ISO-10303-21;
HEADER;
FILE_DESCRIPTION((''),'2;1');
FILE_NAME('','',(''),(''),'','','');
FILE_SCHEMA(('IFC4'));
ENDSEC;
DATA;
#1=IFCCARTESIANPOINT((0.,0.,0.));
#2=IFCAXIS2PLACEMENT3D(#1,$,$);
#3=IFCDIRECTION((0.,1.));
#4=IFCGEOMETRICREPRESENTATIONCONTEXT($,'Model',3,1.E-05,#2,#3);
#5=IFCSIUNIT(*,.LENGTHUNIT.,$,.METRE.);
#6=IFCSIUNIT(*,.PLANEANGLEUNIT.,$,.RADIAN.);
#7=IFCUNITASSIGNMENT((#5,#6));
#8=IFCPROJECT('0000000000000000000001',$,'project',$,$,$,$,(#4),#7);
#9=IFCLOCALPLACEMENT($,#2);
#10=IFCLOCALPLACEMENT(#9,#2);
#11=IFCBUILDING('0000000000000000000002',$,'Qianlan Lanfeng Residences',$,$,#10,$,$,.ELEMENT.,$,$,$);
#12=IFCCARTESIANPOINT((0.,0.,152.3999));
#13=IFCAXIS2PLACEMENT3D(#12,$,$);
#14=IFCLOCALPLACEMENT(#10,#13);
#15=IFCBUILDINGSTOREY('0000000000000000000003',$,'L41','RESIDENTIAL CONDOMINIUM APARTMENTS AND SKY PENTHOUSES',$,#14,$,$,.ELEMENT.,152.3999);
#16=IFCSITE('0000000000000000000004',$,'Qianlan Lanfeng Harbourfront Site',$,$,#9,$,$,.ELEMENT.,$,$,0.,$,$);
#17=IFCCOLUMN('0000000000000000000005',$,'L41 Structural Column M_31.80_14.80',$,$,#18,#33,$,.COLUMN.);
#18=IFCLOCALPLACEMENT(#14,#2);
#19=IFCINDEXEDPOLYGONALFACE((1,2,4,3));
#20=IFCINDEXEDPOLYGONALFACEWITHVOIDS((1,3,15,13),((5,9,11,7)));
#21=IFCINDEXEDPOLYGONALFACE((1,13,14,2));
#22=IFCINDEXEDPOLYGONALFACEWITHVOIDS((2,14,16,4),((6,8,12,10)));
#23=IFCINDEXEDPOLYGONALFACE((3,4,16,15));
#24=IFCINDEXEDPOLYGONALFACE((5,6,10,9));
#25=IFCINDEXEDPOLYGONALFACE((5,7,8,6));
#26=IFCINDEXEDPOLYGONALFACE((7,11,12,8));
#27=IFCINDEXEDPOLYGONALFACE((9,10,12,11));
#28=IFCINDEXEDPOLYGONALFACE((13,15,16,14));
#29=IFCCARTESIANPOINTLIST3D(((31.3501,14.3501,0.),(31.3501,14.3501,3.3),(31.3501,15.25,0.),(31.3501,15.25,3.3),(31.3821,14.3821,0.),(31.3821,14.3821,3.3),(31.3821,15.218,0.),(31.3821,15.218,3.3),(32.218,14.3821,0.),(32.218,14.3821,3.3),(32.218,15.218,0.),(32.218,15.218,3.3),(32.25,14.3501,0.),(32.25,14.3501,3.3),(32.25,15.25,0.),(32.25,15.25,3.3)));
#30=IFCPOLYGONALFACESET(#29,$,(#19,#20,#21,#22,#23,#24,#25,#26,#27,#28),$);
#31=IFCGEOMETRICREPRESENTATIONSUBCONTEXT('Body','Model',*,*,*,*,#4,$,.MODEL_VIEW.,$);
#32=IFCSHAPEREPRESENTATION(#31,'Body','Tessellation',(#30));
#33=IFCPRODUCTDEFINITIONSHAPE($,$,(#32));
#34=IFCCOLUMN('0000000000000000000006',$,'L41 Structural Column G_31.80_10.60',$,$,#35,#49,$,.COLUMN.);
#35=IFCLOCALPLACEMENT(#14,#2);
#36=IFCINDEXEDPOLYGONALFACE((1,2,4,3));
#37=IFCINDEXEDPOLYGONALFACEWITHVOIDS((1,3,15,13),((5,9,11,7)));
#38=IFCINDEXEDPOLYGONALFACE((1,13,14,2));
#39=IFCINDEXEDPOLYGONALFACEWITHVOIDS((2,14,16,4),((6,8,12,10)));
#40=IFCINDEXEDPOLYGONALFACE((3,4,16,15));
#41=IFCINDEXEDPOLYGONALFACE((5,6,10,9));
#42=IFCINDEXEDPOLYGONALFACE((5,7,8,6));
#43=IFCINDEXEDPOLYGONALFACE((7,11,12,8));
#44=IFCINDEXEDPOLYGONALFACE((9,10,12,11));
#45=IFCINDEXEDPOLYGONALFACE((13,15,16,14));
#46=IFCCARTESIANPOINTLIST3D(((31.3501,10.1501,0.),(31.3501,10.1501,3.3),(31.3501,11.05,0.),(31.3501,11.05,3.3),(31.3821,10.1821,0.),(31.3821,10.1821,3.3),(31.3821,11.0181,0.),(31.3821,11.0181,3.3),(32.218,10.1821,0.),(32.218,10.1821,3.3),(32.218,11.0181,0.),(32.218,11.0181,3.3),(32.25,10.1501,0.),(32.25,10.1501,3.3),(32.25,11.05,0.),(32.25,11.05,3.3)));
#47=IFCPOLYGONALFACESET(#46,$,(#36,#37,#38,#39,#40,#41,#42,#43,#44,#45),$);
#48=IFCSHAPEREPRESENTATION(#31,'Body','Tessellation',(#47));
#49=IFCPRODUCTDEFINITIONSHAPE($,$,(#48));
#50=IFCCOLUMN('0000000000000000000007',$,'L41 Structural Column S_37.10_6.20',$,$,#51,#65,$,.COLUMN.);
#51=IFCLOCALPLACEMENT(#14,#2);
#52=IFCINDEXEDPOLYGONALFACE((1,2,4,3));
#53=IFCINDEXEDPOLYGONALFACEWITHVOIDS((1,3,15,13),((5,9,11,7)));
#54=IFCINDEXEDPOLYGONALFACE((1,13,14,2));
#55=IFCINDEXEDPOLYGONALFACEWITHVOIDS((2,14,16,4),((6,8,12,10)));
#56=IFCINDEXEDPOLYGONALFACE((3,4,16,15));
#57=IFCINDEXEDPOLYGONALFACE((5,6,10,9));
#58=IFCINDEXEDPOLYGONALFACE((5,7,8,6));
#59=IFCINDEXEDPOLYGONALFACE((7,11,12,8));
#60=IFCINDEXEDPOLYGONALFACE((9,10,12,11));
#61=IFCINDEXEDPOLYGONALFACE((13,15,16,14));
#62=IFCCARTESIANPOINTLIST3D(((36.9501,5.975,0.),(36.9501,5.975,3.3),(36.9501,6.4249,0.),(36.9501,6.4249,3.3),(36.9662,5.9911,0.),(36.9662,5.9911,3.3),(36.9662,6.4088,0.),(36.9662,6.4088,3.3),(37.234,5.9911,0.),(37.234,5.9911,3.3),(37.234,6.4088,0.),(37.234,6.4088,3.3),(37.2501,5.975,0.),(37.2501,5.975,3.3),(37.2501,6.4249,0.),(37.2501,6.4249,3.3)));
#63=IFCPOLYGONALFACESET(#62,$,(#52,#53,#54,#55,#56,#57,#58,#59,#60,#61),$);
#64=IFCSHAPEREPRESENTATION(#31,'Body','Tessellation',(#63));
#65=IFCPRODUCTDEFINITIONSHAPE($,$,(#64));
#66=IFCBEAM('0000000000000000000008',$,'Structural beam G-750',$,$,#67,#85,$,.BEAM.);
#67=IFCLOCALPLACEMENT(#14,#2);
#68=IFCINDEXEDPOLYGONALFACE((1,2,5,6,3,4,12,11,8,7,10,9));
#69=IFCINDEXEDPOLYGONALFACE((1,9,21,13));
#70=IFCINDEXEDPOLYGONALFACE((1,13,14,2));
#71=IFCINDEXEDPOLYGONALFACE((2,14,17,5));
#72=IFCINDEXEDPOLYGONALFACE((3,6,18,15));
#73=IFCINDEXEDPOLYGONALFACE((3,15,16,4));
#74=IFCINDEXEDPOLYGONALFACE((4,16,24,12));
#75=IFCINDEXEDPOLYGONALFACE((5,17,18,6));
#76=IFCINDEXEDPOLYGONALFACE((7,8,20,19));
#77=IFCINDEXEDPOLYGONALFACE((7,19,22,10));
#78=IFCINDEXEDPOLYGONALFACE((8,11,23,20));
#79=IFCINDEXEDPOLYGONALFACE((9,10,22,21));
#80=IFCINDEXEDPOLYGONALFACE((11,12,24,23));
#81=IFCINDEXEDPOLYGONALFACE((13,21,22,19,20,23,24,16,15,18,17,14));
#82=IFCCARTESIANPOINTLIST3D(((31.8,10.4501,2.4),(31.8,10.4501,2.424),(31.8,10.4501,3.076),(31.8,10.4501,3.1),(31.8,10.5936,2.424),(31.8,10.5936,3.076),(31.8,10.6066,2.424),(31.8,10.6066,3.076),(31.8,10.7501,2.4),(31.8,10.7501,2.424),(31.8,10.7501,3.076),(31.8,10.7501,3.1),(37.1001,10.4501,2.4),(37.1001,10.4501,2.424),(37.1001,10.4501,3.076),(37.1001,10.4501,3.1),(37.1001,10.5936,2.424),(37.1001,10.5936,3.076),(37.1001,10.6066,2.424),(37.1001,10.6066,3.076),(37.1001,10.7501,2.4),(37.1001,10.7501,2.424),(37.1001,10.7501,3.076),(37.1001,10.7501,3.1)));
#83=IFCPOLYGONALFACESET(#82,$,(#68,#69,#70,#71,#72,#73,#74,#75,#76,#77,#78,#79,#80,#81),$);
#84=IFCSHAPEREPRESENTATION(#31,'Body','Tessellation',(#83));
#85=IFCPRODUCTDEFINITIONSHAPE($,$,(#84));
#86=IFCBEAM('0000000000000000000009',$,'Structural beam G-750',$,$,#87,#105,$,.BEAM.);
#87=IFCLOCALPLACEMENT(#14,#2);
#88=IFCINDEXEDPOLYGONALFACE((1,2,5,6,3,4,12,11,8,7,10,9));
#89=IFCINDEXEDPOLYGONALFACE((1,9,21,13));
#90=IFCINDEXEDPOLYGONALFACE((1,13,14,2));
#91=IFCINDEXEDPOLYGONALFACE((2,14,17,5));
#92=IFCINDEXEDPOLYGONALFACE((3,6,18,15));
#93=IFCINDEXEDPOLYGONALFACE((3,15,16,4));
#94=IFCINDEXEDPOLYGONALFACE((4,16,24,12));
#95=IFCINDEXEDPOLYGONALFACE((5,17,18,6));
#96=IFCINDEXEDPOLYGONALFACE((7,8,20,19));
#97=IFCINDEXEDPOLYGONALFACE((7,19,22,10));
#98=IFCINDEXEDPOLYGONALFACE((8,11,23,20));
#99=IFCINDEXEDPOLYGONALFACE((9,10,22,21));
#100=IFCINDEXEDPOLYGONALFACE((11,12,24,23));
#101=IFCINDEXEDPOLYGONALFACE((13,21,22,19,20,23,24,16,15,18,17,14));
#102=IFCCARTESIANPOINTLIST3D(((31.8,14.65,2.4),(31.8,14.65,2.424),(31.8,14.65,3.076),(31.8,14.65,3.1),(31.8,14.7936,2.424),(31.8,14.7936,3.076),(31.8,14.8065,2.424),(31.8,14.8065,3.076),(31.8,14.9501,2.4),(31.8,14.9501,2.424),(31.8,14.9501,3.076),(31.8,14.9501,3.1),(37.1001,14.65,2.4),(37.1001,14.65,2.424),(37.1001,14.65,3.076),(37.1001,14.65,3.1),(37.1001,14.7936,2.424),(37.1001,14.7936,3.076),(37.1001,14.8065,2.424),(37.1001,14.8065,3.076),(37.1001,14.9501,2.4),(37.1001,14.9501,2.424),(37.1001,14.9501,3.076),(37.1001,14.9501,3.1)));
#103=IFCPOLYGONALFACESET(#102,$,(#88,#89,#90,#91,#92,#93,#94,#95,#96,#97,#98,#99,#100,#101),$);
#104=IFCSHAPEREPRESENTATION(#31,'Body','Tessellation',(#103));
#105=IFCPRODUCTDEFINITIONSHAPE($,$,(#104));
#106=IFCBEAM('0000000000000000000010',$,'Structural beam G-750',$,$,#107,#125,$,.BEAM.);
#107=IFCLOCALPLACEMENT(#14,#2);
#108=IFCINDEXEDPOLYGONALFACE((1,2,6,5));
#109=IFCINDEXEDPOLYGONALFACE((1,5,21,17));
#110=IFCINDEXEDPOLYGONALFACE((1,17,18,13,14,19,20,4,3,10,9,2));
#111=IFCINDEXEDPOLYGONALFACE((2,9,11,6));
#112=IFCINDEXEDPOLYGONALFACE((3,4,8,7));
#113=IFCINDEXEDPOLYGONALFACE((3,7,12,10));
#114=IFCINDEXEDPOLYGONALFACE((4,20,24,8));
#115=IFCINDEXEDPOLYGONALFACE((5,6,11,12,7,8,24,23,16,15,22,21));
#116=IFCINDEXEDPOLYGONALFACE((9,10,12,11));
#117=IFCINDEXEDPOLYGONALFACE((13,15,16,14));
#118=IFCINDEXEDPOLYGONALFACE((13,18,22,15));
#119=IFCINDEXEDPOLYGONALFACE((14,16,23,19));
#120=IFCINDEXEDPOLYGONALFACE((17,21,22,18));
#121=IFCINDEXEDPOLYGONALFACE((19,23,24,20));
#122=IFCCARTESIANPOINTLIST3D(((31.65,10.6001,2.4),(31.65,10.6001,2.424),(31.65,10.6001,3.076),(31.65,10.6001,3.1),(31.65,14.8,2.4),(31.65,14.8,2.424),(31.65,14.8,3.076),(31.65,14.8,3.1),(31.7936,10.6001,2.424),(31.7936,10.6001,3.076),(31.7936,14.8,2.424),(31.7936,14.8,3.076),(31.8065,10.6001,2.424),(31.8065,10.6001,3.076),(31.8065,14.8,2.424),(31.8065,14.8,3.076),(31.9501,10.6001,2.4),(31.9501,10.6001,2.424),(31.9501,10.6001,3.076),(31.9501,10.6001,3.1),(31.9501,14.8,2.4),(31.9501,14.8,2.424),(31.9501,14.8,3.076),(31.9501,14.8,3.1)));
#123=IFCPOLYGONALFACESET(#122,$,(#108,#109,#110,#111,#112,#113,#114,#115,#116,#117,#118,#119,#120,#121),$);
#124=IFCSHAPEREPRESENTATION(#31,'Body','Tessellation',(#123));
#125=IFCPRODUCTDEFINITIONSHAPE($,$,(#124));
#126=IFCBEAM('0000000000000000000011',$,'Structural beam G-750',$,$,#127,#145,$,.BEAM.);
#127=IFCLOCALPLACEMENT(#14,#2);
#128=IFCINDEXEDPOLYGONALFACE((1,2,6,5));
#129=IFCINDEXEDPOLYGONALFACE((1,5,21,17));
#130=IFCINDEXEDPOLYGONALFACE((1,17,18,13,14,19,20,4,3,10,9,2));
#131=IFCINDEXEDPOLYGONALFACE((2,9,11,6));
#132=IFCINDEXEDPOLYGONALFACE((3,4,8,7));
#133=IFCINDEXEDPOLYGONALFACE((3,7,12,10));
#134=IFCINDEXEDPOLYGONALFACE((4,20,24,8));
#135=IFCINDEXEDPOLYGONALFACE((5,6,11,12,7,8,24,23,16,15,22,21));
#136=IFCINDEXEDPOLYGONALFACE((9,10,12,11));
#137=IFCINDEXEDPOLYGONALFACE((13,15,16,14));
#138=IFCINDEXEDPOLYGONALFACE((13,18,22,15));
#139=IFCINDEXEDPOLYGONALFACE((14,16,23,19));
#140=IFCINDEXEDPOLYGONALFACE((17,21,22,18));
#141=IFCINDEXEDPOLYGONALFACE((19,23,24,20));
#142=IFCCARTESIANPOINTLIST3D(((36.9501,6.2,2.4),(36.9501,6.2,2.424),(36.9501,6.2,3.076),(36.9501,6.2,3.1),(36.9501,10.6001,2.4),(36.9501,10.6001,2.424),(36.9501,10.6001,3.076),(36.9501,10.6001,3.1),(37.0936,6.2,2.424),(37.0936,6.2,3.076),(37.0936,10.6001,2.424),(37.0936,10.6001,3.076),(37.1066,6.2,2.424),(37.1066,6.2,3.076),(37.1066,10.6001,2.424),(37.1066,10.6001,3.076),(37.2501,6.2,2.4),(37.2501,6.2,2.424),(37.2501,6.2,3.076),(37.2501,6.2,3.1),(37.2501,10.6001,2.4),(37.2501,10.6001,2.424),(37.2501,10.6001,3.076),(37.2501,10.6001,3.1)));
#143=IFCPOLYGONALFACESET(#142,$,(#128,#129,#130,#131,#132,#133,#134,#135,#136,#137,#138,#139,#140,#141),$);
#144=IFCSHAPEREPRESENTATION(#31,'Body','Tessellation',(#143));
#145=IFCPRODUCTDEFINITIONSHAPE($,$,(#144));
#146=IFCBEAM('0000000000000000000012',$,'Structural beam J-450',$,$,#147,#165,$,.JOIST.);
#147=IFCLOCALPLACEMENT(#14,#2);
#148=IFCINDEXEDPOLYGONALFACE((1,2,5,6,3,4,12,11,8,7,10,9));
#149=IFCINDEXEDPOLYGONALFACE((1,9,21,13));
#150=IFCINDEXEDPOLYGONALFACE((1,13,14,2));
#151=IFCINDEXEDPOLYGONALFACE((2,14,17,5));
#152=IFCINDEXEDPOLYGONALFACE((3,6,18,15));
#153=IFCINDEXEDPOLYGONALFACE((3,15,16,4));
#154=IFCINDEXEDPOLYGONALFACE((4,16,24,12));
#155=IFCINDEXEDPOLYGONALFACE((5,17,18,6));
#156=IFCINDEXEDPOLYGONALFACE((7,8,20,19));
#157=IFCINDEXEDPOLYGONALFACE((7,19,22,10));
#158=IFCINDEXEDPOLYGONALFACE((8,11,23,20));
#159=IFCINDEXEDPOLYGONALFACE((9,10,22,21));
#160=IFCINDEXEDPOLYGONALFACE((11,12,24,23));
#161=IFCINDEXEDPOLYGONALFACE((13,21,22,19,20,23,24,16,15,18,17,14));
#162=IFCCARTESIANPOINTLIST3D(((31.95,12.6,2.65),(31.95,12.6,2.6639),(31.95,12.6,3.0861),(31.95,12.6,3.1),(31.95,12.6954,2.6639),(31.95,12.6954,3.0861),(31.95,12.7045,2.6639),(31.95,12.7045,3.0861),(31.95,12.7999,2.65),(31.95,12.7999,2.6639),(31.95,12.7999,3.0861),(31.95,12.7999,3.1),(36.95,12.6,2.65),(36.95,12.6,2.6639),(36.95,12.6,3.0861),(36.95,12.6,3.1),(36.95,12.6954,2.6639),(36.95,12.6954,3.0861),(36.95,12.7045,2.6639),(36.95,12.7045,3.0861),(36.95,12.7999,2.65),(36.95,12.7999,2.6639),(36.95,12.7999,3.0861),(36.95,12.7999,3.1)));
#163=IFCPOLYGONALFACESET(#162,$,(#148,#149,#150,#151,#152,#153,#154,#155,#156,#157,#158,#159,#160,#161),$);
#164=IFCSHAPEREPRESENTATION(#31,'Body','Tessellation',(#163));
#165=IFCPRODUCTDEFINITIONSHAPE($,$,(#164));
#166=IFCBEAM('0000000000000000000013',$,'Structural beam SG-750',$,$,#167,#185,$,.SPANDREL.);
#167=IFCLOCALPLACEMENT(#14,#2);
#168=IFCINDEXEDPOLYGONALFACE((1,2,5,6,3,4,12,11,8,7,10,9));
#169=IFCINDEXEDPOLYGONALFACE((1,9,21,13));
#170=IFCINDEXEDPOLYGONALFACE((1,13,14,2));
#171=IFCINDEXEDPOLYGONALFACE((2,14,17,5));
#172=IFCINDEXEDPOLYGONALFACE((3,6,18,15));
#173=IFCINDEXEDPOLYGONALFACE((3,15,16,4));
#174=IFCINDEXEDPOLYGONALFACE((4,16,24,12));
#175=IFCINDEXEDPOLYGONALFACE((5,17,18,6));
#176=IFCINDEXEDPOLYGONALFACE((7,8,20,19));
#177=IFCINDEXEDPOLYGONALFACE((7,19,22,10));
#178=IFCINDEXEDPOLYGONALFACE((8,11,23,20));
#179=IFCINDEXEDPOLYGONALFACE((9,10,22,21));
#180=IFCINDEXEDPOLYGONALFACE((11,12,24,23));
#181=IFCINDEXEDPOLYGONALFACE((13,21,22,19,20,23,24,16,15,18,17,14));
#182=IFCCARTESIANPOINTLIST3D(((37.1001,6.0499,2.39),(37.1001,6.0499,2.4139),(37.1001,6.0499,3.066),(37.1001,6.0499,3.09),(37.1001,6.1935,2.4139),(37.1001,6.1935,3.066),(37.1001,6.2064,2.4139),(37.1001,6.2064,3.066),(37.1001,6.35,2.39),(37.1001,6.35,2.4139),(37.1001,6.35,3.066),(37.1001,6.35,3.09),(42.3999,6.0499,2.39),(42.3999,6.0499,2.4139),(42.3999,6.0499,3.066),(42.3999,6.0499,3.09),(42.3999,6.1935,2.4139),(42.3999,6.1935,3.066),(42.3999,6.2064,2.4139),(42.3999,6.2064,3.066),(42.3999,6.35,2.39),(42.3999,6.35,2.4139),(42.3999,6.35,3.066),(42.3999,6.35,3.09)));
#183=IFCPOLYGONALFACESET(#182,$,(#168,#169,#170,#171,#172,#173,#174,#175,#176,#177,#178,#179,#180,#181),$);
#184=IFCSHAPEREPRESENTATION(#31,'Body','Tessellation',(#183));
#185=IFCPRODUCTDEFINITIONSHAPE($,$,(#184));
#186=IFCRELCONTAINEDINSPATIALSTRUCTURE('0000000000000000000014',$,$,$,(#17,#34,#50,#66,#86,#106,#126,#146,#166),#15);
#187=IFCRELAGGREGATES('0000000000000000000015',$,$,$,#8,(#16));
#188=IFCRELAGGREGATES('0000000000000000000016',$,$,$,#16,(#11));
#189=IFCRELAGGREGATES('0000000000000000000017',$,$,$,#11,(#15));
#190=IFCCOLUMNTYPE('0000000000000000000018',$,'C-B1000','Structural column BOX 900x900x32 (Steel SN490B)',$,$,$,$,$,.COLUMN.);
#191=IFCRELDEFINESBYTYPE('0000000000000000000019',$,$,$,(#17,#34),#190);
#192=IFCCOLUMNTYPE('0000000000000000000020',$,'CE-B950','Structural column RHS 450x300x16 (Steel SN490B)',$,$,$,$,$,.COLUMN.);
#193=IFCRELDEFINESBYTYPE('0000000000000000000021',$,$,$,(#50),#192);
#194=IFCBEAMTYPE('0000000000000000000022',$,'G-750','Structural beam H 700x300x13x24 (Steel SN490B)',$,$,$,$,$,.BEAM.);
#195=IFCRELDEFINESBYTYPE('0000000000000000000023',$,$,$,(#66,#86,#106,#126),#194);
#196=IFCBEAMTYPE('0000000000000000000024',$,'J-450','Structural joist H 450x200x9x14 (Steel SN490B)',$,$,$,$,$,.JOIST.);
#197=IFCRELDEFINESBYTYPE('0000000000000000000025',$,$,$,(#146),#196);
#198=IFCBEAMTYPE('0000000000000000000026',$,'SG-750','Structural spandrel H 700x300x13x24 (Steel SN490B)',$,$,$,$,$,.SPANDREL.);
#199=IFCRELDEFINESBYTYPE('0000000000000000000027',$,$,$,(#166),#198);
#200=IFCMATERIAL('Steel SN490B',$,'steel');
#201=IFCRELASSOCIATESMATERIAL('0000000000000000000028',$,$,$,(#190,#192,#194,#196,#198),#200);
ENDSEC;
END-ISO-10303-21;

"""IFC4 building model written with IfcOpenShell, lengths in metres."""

from ifc_helpers import new_model, si_unit, direction, frame, origin, origin_2d, place, context, subcontext, project, spatial, hollow_rectangle, i_section, extrude, material, material_profile, profile_set, type_object, element, save


model = new_model("IFC4")

# Units and contexts
model_context = context("Model", 3, precision=1e-05, world=origin(), true_north=direction((0.0, 1.0)))
body_context = subcontext(model_context, "Body", "Model", "MODEL_VIEW")
ifc_project = project(units=[si_unit("LENGTHUNIT", "METRE"), si_unit("PLANEANGLEUNIT", "RADIAN")], contexts=[model_context])

# Site, building, storey
site_placement = place(None, origin())
site = spatial("IfcSite", under=ifc_project, at=site_placement, Name="Qianlan Lanfeng Harbourfront Site", CompositionType="ELEMENT", RefElevation=0.0)
building_placement = place(site_placement, origin())
building = spatial("IfcBuilding", under=site, at=building_placement, Name="Qianlan Lanfeng Residences", CompositionType="ELEMENT")
storey_placement = place(building_placement, frame((0.0, 0.0, 152.3999)))
storey = spatial("IfcBuildingStorey", under=building, at=storey_placement, Name="L41", Description="RESIDENTIAL CONDOMINIUM APARTMENTS AND SKY PENTHOUSES", CompositionType="ELEMENT", Elevation=152.3999)

# Columns
ifc_material_1 = material(Name="Steel SN490B", Category="steel")
ifc_material_profile_1 = material_profile(ifc_material_1, hollow_rectangle(XDim=0.8999, YDim=0.8999, WallThickness=0.032, at=origin_2d()), Name="BOX 900x900x32")
ifc_profile_set_1 = profile_set([ifc_material_profile_1], Name="Steel SN490B")
column_type_1 = type_object("IfcColumnType", Name="C-B1000", Description="Structural column BOX 900x900x32 (Steel SN490B)", PredefinedType="COLUMN", material=ifc_profile_set_1)
for number, where, z_axis, x_axis, name in (
    (1, (31.8, 14.8, 0.0), (0.0, 0.0, 1.0), (1.0, 0.0, 0.0), "L41 Structural Column M_31.80_14.80"),
    (2, (31.8, 10.6001, 0.0), (0.0, 0.0, 1.0), (1.0, 0.0, 0.0), "L41 Structural Column G_31.80_10.60"),
):
    element("IfcColumn", number, at=place(storey_placement, frame(where, z_axis=z_axis, x_axis=x_axis)), inside=storey, type_object=column_type_1, Name=name, PredefinedType="COLUMN", context=body_context, shape_type="SweptSolid", body=[
        extrude(hollow_rectangle(XDim=0.8999, YDim=0.8999, WallThickness=0.032, at=origin_2d()), origin(), (0.0, 0.0, 1.0), 3.3),
    ])
ifc_material_profile_2 = material_profile(ifc_material_1, hollow_rectangle(XDim=0.3, YDim=0.45, WallThickness=0.0161, at=origin_2d()), Name="RHS 450x300x16")
ifc_profile_set_2 = profile_set([ifc_material_profile_2], Name="Steel SN490B")
column_type_2 = type_object("IfcColumnType", Name="CE-B950", Description="Structural column RHS 450x300x16 (Steel SN490B)", PredefinedType="COLUMN", material=ifc_profile_set_2)
column_placement = place(storey_placement, frame((37.1001, 6.2, 0.0), z_axis=(0.0, 0.0, 1.0), x_axis=(1.0, 0.0, 0.0)))
element("IfcColumn", 3, at=column_placement, inside=storey, type_object=column_type_2, Name="L41 Structural Column S_37.10_6.20", PredefinedType="COLUMN", context=body_context, shape_type="SweptSolid", body=[
    extrude(hollow_rectangle(XDim=0.3, YDim=0.45, WallThickness=0.0161, at=origin_2d()), origin(), (0.0, 0.0, 1.0), 3.3),
])

# Beams
ifc_material_profile_3 = material_profile(ifc_material_1, i_section(OverallWidth=0.3, OverallDepth=0.7, WebThickness=0.0129, FlangeThickness=0.0239, at=origin_2d()), Name="H 700x300x13x24")
ifc_profile_set_3 = profile_set([ifc_material_profile_3], Name="Steel SN490B")
beam_type_1 = type_object("IfcBeamType", Name="G-750", Description="Structural beam H 700x300x13x24 (Steel SN490B)", PredefinedType="BEAM", material=ifc_profile_set_3)
for number, where, z_axis, x_axis, name in (
    (4, (31.8, 10.6001, 2.75), (1.0, 0.0, 0.0), (0.0, 1.0, 0.0), "Structural beam G-750"),
    (5, (31.8, 14.8, 2.75), (1.0, 0.0, 0.0), (0.0, 1.0, 0.0), "Structural beam G-750"),
):
    element("IfcBeam", number, at=place(storey_placement, frame(where, z_axis=z_axis, x_axis=x_axis)), inside=storey, type_object=beam_type_1, Name=name, PredefinedType="BEAM", context=body_context, shape_type="SweptSolid", body=[
        extrude(i_section(OverallWidth=0.3, OverallDepth=0.7, WebThickness=0.0129, FlangeThickness=0.0239, at=origin_2d()), origin(), (0.0, 0.0, 1.0), 5.3),
    ])
beam_1_placement = place(storey_placement, frame((31.8, 10.6001, 2.75), z_axis=(0.0, 1.0, 0.0), x_axis=(-1.0, 0.0, 0.0)))
element("IfcBeam", 6, at=beam_1_placement, inside=storey, type_object=beam_type_1, Name="Structural beam G-750", PredefinedType="BEAM", context=body_context, shape_type="SweptSolid", body=[
    extrude(i_section(OverallWidth=0.3, OverallDepth=0.7, WebThickness=0.0129, FlangeThickness=0.0239, at=origin_2d()), origin(), (0.0, 0.0, 1.0), 4.2),
])
beam_2_placement = place(storey_placement, frame((37.1001, 6.2, 2.75), z_axis=(0.0, 1.0, 0.0), x_axis=(-1.0, 0.0, 0.0)))
element("IfcBeam", 7, at=beam_2_placement, inside=storey, type_object=beam_type_1, Name="Structural beam G-750", PredefinedType="BEAM", context=body_context, shape_type="SweptSolid", body=[
    extrude(i_section(OverallWidth=0.3, OverallDepth=0.7, WebThickness=0.0129, FlangeThickness=0.0239, at=origin_2d()), origin(), (0.0, 0.0, 1.0), 4.4001),
])
ifc_material_profile_4 = material_profile(ifc_material_1, i_section(OverallWidth=0.2, OverallDepth=0.45, WebThickness=0.009, FlangeThickness=0.0139, at=origin_2d()), Name="H 450x200x9x14")
ifc_profile_set_4 = profile_set([ifc_material_profile_4], Name="Steel SN490B")
beam_type_2 = type_object("IfcBeamType", Name="J-450", Description="Structural joist H 450x200x9x14 (Steel SN490B)", PredefinedType="JOIST", material=ifc_profile_set_4)
beam_3_placement = place(storey_placement, frame((31.95, 12.7, 2.875), z_axis=(1.0, 0.0, 0.0), x_axis=(0.0, 1.0, 0.0)))
element("IfcBeam", 8, at=beam_3_placement, inside=storey, type_object=beam_type_2, Name="Structural beam J-450", PredefinedType="JOIST", context=body_context, shape_type="SweptSolid", body=[
    extrude(i_section(OverallWidth=0.2, OverallDepth=0.45, WebThickness=0.009, FlangeThickness=0.0139, at=origin_2d()), origin(), (0.0, 0.0, 1.0), 5.0),
])
ifc_material_profile_5 = material_profile(ifc_material_1, i_section(OverallWidth=0.3, OverallDepth=0.7, WebThickness=0.0129, FlangeThickness=0.0239, at=origin_2d()), Name="H 700x300x13x24")
ifc_profile_set_5 = profile_set([ifc_material_profile_5], Name="Steel SN490B")
beam_type_3 = type_object("IfcBeamType", Name="SG-750", Description="Structural spandrel H 700x300x13x24 (Steel SN490B)", PredefinedType="SPANDREL", material=ifc_profile_set_5)
beam_4_placement = place(storey_placement, frame((37.1001, 6.2, 2.74), z_axis=(1.0, 0.0, 0.0), x_axis=(0.0, 1.0, 0.0)))
element("IfcBeam", 9, at=beam_4_placement, inside=storey, type_object=beam_type_3, Name="Structural beam SG-750", PredefinedType="SPANDREL", context=body_context, shape_type="SweptSolid", body=[
    extrude(i_section(OverallWidth=0.3, OverallDepth=0.7, WebThickness=0.0129, FlangeThickness=0.0239, at=origin_2d()), origin(), (0.0, 0.0, 1.0), 5.2998),
])

save(model, "model.ifc")
